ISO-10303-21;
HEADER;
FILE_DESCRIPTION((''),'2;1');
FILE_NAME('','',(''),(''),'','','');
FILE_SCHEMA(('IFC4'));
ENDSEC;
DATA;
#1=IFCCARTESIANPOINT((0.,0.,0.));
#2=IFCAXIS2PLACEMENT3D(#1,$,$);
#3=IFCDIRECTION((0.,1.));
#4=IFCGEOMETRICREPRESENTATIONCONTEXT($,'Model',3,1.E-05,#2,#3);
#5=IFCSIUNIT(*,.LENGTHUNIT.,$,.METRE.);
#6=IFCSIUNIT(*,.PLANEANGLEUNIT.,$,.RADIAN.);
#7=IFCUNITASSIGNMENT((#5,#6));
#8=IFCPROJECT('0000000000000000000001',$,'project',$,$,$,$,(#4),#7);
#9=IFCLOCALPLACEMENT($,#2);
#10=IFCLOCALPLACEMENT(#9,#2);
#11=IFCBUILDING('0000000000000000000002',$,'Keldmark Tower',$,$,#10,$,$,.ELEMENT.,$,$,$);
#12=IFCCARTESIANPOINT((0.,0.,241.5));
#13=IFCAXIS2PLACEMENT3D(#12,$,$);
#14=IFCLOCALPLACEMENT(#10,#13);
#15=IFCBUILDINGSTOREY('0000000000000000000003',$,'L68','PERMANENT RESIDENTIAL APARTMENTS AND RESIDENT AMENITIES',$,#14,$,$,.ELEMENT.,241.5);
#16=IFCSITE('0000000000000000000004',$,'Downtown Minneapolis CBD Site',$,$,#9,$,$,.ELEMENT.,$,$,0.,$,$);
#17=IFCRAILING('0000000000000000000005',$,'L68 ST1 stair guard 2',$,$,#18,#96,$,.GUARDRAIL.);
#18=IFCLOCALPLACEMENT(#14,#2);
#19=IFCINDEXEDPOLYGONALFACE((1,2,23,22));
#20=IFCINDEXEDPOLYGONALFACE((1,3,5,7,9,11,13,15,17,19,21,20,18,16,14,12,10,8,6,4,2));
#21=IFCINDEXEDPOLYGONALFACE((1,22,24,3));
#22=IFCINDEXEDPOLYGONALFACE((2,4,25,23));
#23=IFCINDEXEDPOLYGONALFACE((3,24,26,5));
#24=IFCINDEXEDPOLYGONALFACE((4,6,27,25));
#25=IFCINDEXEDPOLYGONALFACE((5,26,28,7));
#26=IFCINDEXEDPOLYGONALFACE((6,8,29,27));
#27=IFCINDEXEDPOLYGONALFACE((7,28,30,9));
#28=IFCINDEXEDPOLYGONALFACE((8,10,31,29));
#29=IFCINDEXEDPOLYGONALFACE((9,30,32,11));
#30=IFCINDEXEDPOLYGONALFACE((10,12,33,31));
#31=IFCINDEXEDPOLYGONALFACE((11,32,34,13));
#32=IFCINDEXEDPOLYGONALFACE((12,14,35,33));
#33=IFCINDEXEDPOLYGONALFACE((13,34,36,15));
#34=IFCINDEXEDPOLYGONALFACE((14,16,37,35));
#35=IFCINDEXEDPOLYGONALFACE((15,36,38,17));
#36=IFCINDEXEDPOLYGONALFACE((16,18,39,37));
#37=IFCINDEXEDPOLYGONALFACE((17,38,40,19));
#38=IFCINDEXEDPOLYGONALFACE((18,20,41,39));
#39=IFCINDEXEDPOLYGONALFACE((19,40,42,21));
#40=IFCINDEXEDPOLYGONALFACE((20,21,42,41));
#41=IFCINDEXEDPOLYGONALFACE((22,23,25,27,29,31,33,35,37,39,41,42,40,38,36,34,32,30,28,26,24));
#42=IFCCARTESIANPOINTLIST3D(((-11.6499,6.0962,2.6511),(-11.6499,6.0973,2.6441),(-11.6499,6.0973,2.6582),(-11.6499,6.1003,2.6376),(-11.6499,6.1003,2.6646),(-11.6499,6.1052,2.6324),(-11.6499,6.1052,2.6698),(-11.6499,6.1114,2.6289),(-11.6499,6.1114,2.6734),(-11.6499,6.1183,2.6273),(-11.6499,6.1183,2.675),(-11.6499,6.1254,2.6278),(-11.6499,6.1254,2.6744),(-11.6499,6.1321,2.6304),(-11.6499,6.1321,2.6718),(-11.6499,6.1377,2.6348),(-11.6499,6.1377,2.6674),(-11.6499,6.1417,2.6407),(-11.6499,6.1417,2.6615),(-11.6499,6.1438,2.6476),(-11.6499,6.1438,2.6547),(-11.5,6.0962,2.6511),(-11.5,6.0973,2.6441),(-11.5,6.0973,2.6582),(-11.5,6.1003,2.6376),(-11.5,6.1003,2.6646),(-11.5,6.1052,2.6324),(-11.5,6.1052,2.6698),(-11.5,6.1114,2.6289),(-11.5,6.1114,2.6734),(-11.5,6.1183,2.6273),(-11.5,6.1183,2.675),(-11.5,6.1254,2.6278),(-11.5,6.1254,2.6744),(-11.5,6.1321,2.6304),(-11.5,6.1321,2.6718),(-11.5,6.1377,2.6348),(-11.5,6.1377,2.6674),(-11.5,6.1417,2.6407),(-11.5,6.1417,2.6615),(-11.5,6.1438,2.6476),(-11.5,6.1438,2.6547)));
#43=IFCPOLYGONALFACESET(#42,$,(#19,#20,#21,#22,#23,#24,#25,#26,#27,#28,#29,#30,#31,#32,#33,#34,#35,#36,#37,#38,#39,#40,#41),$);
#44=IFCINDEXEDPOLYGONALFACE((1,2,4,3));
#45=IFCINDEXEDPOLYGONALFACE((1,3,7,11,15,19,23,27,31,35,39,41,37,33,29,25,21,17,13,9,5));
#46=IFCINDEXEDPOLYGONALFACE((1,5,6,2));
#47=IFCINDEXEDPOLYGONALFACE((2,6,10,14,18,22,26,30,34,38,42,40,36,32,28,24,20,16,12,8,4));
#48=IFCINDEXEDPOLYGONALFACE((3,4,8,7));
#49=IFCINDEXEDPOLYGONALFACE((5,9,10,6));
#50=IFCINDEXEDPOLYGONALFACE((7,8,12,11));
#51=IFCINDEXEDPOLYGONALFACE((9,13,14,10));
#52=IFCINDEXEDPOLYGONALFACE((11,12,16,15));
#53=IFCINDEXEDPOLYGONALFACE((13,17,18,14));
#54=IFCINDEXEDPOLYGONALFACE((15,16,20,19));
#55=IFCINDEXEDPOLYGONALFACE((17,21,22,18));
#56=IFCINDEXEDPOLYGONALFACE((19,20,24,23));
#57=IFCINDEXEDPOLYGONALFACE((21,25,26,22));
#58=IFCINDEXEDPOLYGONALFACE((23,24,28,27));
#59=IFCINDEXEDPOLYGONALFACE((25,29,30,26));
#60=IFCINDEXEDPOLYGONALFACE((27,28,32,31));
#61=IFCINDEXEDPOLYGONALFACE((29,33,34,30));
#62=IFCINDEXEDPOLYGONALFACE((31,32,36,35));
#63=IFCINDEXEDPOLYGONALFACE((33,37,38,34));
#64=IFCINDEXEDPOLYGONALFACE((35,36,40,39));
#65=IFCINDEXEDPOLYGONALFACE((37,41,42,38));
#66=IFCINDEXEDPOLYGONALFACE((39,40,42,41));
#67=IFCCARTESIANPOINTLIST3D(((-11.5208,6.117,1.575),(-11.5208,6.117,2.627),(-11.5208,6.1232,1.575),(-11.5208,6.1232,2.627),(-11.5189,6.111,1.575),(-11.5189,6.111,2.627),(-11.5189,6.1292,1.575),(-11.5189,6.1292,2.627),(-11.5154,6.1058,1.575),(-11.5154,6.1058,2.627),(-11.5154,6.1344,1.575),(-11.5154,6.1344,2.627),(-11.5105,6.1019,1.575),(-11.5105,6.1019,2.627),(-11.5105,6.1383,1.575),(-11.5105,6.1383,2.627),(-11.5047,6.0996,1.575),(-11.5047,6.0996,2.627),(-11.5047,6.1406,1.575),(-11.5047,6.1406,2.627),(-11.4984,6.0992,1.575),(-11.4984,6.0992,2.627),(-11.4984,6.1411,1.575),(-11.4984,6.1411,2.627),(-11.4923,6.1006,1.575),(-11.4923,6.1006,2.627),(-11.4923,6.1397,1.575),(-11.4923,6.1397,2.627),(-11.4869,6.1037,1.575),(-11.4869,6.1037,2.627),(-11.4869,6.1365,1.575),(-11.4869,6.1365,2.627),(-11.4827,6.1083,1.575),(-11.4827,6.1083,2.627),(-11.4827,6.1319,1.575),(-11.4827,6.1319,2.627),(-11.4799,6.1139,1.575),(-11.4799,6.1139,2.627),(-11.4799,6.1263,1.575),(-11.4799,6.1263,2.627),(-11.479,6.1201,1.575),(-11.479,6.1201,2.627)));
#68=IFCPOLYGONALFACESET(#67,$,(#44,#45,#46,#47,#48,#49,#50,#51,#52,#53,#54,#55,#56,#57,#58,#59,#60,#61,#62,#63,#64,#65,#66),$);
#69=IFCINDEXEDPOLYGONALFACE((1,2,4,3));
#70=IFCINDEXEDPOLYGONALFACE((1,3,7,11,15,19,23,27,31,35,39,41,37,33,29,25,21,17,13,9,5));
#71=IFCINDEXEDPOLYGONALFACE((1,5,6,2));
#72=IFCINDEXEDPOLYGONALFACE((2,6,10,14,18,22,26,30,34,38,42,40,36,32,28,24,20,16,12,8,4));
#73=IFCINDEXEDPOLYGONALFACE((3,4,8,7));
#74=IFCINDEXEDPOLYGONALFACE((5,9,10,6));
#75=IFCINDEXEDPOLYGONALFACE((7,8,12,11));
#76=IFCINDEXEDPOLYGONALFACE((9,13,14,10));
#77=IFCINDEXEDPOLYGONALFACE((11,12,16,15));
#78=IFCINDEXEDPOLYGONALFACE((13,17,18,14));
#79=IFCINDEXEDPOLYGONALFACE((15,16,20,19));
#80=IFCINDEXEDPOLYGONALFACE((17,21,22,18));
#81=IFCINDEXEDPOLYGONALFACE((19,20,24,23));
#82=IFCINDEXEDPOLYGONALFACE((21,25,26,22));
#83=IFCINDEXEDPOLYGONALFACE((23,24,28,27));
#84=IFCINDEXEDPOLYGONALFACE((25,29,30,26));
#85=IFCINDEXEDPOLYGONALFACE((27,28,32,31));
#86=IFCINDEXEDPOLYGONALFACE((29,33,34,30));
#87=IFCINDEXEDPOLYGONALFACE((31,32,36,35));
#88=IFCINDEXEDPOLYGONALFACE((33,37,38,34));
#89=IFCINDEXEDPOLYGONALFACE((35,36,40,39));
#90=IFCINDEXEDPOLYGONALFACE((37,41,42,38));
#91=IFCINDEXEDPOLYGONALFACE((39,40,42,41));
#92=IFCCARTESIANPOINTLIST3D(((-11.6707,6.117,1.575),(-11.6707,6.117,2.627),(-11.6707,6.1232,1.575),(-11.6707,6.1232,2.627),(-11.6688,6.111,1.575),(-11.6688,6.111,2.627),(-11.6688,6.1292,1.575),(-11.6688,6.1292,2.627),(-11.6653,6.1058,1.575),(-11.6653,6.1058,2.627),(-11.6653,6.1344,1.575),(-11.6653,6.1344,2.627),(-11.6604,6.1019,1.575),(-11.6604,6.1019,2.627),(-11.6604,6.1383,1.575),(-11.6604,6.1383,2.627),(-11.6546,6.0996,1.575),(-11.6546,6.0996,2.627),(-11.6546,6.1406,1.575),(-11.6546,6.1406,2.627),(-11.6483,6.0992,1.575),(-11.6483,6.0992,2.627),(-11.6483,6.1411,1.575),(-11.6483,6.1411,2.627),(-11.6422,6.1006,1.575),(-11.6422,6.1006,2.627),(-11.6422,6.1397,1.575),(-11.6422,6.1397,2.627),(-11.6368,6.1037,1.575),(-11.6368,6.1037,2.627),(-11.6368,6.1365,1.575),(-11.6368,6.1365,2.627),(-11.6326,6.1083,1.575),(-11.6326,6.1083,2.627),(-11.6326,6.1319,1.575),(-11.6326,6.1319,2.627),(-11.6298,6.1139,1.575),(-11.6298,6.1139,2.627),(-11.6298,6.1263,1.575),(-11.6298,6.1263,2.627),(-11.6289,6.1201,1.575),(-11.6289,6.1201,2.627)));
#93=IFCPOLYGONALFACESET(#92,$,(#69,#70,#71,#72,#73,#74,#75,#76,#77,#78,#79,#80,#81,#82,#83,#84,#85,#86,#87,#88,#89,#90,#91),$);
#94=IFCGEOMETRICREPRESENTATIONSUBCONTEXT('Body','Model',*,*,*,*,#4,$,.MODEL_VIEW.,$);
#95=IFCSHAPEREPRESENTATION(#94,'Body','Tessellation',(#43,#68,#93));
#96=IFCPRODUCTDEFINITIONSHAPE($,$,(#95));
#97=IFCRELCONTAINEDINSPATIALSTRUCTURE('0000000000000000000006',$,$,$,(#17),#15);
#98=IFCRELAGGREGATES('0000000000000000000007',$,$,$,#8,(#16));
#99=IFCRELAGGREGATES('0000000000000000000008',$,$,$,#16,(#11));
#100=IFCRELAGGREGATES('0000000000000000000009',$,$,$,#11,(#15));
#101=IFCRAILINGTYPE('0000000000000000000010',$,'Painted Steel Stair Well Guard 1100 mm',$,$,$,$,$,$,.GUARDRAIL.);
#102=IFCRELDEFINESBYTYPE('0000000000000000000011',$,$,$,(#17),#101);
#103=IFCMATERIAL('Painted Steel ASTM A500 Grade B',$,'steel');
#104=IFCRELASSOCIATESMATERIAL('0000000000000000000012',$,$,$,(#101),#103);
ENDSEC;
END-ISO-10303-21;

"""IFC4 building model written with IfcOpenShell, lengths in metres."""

from ifc_helpers import new_model, si_unit, direction, frame, origin, origin_2d, place, context, subcontext, project, spatial, circle, extrude, material, type_object, element, save


model = new_model("IFC4")

# Units and contexts
model_context = context("Model", 3, precision=1e-05, world=origin(), true_north=direction((0.0, 1.0)))
body_context = subcontext(model_context, "Body", "Model", "MODEL_VIEW")
ifc_project = project(units=[si_unit("LENGTHUNIT", "METRE"), si_unit("PLANEANGLEUNIT", "RADIAN")], contexts=[model_context])

# Site, building, storey
site_placement = place(None, origin())
site = spatial("IfcSite", under=ifc_project, at=site_placement, Name="Downtown Minneapolis CBD Site", CompositionType="ELEMENT", RefElevation=0.0)
building_placement = place(site_placement, origin())
building = spatial("IfcBuilding", under=site, at=building_placement, Name="Keldmark Tower", CompositionType="ELEMENT")
storey_placement = place(building_placement, frame((0.0, 0.0, 241.5)))
storey = spatial("IfcBuildingStorey", under=building, at=storey_placement, Name="L68", Description="PERMANENT RESIDENTIAL APARTMENTS AND RESIDENT AMENITIES", CompositionType="ELEMENT", Elevation=241.5)

# Railing
ifc_material_1 = material(Name="Painted Steel ASTM A500 Grade B", Category="steel")
railing_type_1 = type_object("IfcRailingType", Name="Painted Steel Stair Well Guard 1100 mm", PredefinedType="GUARDRAIL", material=ifc_material_1)
railing_1_placement = place(storey_placement, frame((-11.5, 6.1201, 1.575)))
element("IfcRailing", 1, at=railing_1_placement, inside=storey, type_object=railing_type_1, Name="L68 ST1 stair guard 2", PredefinedType="GUARDRAIL", context=body_context, shape_type="SweptSolid", body=[
    extrude(circle(Radius=0.0239, at=origin_2d()), frame((0.0, 0.0, 1.0762), z_axis=(-1.0, 0.0, 0.0), x_axis=(0.0, -1.0, 0.0)), (0.0, 0.0, 1.0), 0.1499),
    extrude(circle(Radius=0.021, at=origin_2d()), origin(), (0.0, 0.0, 1.0), 1.052),
    extrude(circle(Radius=0.021, at=origin_2d()), frame((-0.1499, 0.0, 0.0)), (0.0, 0.0, 1.0), 1.052),
])

save(model, "model.ifc")
